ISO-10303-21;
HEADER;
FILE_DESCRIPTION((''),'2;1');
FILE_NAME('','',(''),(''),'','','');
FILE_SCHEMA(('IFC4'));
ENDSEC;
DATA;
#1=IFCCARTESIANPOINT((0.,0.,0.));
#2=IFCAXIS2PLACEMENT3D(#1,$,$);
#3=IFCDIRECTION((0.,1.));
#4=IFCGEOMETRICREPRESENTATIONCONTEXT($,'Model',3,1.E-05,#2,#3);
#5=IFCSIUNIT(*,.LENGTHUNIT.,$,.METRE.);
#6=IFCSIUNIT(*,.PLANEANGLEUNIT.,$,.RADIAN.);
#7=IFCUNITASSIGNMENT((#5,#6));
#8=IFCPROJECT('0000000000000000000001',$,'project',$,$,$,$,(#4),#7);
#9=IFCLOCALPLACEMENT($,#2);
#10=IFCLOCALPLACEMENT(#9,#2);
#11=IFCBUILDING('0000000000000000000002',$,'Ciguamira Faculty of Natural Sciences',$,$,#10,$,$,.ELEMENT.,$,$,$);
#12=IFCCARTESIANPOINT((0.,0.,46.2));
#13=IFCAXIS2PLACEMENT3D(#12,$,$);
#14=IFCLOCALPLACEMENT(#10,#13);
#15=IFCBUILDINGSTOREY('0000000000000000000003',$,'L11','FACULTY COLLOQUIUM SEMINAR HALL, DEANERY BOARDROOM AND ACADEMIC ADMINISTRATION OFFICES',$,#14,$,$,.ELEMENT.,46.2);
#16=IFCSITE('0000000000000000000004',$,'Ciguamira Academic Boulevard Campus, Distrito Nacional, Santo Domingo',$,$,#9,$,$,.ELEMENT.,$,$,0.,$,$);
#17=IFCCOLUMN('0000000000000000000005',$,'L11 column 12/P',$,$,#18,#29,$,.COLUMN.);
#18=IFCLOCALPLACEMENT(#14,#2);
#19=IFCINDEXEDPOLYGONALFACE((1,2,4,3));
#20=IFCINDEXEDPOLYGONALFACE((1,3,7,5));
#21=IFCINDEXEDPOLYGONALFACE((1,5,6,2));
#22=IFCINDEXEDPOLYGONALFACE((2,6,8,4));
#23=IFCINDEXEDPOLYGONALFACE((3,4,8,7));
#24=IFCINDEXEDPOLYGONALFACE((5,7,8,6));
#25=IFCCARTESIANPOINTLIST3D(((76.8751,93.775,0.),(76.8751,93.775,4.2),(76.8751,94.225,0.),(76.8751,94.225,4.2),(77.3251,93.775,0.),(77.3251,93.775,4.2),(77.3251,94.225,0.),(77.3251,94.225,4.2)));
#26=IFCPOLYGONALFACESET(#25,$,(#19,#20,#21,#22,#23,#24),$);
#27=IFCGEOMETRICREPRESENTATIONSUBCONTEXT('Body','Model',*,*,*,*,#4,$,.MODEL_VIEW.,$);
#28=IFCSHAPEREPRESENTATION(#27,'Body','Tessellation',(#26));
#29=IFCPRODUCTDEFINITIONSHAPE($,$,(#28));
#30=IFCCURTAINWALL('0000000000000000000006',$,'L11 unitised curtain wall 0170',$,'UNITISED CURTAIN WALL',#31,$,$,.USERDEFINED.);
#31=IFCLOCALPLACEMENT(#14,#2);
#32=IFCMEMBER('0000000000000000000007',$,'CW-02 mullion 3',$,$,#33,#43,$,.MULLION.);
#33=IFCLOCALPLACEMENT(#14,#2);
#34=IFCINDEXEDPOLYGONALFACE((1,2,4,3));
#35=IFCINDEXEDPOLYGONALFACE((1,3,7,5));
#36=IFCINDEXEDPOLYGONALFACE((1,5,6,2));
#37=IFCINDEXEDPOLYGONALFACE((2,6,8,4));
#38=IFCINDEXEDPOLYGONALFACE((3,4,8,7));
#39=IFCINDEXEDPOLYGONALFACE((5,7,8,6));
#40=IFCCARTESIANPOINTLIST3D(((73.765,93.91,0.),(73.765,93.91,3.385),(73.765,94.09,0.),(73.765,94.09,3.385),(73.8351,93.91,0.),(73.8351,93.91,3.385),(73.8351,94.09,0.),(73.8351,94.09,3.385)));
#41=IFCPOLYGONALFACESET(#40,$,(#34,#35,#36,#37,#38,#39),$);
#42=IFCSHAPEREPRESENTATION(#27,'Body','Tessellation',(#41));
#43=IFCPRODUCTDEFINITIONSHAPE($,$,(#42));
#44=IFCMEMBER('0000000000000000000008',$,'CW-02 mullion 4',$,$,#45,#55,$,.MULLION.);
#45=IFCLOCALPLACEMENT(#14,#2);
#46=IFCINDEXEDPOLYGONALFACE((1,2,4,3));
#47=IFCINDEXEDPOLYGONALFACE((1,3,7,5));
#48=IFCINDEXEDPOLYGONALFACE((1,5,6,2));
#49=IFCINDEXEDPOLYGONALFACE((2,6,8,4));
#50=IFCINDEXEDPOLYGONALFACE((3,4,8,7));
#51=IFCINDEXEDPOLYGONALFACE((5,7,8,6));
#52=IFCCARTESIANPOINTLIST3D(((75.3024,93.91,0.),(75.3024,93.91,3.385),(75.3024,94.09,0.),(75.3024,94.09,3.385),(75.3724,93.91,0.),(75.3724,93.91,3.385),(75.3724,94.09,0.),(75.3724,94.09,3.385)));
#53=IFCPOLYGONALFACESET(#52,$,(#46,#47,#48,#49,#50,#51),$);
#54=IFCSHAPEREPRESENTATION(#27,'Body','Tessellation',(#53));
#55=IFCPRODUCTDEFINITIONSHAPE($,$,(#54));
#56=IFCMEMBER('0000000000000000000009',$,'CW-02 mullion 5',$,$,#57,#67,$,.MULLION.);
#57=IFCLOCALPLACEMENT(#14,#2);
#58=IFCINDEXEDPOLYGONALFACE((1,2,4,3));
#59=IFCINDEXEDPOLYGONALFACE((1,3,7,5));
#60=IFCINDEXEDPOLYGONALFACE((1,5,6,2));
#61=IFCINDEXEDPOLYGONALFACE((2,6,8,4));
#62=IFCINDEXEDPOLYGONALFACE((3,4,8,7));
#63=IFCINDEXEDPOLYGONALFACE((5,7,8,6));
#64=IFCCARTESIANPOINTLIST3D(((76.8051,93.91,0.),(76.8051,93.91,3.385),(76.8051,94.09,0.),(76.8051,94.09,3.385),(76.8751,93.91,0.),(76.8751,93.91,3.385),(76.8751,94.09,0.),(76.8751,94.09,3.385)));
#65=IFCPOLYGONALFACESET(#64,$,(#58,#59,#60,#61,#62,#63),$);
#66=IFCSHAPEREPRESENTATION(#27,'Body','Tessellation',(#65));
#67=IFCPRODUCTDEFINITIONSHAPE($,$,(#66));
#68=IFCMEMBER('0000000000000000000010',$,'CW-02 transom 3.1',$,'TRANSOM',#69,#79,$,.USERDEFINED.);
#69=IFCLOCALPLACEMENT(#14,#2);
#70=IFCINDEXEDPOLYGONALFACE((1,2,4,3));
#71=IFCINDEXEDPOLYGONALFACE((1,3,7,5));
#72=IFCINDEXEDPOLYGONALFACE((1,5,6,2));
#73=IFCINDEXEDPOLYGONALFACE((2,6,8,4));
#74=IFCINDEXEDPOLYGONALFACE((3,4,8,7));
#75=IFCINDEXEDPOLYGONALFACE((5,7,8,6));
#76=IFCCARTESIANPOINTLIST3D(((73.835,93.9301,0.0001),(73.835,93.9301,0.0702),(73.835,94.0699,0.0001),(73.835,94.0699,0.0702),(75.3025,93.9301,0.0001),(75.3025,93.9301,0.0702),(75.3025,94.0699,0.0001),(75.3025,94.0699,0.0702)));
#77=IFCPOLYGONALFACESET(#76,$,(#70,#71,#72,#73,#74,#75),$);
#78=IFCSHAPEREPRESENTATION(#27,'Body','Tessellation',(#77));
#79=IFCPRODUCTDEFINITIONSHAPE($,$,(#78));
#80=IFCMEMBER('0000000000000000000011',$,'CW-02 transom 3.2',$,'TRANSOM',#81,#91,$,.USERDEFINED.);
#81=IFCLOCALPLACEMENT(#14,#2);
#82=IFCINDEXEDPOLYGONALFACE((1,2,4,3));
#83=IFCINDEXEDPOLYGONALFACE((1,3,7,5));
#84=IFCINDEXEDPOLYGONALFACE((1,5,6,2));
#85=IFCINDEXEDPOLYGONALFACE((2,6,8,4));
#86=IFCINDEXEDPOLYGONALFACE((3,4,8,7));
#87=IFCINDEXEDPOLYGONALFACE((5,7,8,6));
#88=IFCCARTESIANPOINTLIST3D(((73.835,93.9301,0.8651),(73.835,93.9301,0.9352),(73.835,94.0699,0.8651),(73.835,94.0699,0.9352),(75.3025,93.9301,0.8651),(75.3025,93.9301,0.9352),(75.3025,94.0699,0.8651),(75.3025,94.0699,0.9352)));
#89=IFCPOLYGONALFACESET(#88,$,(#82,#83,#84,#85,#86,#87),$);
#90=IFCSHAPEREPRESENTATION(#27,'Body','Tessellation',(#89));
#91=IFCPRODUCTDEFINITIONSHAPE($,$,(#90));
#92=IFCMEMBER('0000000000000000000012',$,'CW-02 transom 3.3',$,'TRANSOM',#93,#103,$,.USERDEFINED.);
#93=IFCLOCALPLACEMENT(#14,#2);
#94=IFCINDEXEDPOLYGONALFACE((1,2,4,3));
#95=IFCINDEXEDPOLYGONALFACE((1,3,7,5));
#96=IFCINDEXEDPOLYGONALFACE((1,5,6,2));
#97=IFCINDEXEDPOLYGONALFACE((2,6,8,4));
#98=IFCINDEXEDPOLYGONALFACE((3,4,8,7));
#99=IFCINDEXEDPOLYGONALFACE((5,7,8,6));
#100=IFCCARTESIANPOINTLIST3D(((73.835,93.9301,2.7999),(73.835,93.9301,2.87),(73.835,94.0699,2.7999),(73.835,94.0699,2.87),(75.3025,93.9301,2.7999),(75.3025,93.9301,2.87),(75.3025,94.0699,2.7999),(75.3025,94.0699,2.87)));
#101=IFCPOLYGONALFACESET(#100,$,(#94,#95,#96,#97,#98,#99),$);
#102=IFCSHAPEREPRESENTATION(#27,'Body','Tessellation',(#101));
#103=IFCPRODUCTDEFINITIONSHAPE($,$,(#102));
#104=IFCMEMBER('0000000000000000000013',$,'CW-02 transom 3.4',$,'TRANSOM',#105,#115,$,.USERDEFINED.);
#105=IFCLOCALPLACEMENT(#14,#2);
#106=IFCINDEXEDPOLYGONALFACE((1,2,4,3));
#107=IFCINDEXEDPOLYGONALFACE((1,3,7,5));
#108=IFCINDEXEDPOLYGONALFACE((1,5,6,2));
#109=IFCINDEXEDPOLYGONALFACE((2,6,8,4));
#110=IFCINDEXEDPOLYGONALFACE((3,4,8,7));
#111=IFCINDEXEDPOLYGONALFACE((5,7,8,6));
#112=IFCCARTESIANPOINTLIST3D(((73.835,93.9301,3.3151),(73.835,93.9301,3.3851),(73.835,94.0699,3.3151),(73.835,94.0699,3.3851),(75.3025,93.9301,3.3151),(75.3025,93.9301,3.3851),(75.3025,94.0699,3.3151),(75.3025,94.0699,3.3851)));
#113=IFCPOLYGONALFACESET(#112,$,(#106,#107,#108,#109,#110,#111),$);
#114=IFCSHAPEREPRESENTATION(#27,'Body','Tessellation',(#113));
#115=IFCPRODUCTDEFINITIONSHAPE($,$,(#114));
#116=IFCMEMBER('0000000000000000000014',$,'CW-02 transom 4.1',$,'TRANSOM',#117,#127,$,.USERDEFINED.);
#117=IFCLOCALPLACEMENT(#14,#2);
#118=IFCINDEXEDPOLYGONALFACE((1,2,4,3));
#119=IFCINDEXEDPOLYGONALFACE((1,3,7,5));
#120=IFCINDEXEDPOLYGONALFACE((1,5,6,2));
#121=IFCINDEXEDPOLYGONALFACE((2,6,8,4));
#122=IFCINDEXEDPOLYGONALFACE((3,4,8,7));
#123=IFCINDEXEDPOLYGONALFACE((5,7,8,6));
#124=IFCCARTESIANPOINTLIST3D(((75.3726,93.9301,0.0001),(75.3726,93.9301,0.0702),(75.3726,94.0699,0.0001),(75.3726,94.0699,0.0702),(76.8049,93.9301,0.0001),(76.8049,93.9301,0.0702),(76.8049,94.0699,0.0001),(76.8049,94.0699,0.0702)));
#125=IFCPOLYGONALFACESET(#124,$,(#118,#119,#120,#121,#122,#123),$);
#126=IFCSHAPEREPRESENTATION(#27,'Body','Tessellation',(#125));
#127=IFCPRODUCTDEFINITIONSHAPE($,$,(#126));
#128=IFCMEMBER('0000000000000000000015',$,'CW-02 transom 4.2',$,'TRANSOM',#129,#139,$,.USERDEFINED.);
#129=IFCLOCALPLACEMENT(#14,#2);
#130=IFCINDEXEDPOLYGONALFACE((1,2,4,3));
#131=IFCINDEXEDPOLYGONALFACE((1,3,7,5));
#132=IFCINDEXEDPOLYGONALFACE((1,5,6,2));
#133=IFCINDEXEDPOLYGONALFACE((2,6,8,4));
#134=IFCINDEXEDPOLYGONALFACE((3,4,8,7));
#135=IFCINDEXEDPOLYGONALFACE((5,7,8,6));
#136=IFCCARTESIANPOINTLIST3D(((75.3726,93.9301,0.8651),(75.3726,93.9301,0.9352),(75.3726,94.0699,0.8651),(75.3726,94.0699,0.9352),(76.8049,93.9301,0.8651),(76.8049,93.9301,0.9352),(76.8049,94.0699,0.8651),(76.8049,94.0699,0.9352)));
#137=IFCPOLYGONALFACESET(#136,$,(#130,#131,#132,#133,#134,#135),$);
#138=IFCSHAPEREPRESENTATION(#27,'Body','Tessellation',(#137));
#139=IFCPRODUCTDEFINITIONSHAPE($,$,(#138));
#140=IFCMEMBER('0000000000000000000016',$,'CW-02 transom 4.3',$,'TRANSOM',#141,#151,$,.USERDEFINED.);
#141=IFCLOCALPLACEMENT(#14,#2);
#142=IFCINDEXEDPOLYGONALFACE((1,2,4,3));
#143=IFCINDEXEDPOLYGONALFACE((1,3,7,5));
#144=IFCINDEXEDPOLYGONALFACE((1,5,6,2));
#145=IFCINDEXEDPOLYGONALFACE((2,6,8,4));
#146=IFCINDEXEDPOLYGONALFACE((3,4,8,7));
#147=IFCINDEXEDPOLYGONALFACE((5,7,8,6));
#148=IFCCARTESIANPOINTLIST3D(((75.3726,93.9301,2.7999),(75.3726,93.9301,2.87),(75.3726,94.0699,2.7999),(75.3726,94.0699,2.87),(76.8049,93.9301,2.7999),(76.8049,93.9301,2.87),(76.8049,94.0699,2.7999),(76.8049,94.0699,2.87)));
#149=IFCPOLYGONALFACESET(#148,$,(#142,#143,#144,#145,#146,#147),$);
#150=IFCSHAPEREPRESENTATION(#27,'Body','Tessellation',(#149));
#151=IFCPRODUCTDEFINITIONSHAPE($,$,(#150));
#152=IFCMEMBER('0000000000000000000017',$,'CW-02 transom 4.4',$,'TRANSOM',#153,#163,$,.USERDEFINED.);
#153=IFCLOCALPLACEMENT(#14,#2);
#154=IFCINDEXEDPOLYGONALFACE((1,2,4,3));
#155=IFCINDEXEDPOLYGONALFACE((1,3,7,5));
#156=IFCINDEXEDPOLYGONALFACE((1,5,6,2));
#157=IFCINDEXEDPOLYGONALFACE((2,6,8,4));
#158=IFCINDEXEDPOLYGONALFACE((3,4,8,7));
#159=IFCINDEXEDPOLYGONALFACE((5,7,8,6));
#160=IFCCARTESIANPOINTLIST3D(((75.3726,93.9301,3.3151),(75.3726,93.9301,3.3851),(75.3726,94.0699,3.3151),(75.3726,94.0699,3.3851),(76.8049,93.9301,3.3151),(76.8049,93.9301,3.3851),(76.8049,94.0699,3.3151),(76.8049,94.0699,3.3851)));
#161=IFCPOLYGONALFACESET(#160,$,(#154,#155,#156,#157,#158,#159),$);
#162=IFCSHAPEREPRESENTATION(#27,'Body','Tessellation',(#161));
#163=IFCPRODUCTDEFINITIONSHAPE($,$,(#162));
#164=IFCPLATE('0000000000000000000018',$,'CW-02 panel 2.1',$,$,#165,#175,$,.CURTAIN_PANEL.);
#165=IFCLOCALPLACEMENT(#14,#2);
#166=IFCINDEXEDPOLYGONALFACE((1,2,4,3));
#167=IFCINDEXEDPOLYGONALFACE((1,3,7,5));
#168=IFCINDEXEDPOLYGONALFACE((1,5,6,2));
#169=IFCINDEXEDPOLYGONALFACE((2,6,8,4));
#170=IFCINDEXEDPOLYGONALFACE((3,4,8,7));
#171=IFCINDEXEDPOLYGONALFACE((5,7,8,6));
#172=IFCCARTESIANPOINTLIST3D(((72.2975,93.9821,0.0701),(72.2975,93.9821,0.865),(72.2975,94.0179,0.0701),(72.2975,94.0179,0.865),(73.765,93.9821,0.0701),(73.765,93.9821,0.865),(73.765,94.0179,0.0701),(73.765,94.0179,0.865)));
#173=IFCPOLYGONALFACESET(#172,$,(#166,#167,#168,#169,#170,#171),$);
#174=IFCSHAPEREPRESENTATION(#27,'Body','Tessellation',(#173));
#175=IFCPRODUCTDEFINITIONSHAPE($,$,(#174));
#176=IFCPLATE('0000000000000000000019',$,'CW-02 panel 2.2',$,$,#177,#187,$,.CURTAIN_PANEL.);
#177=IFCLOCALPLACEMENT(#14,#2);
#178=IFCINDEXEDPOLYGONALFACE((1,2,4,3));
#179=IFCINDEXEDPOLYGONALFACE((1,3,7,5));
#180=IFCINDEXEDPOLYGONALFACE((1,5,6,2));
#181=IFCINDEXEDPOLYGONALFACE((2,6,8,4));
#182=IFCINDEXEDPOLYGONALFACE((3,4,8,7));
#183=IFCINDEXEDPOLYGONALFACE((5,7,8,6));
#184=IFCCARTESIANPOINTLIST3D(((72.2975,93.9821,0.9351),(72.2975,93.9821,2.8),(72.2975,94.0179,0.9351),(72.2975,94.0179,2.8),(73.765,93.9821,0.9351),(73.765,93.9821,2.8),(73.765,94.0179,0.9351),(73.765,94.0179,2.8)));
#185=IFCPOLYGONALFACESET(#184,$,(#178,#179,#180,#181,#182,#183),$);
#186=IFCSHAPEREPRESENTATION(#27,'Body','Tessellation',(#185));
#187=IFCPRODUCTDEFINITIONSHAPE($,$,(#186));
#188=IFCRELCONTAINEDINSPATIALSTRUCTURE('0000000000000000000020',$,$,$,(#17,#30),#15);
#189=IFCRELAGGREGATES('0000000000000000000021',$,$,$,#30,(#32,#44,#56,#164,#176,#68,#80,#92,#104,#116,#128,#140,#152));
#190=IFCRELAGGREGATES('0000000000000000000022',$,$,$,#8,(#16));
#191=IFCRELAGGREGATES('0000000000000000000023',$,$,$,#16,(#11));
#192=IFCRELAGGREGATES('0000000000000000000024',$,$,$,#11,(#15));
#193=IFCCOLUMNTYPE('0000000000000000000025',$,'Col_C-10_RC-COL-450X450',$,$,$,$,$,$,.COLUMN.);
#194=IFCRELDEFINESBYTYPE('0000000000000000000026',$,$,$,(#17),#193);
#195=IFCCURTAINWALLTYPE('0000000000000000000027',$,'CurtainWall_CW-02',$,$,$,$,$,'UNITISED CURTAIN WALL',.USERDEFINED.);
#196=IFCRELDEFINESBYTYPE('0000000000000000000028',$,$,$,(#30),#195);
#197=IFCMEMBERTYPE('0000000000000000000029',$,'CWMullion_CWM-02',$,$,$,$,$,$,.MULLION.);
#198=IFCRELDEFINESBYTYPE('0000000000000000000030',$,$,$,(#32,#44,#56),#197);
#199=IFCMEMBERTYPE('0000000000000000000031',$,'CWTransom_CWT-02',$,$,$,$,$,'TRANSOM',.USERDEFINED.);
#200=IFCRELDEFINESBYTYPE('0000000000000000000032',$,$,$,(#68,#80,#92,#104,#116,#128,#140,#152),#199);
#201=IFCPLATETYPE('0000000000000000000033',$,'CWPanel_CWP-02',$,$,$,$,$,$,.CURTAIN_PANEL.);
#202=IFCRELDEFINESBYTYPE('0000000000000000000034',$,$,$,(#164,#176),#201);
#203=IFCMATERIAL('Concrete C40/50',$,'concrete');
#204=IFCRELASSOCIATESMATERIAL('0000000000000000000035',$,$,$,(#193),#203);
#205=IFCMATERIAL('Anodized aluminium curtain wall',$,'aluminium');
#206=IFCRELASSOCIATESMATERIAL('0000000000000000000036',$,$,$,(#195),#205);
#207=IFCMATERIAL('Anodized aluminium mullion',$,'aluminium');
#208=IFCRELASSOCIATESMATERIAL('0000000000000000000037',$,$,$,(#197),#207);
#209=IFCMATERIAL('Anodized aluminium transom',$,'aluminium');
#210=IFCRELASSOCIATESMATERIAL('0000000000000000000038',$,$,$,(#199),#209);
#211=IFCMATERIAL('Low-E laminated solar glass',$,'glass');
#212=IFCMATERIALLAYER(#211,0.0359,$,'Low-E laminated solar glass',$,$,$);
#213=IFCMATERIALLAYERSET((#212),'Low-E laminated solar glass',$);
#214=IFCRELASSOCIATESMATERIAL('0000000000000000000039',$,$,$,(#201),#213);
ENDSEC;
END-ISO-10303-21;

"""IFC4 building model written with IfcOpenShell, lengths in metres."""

from ifc_helpers import new_model, si_unit, direction, frame, origin, origin_2d, place, context, subcontext, project, spatial, rectangle, extrude, material, layer, layer_set, material_profile, profile_set, type_object, element, aggregate, save


model = new_model("IFC4")

# Units and contexts
model_context = context("Model", 3, precision=1e-05, world=origin(), true_north=direction((0.0, 1.0)))
body_context = subcontext(model_context, "Body", "Model", "MODEL_VIEW")
ifc_project = project(units=[si_unit("LENGTHUNIT", "METRE"), si_unit("PLANEANGLEUNIT", "RADIAN")], contexts=[model_context])

# Site, building, storey
site_placement = place(None, origin())
site = spatial("IfcSite", under=ifc_project, at=site_placement, Name="Ciguamira Academic Boulevard Campus, Distrito Nacional, Santo Domingo", CompositionType="ELEMENT", RefElevation=0.0)
building_placement = place(site_placement, origin())
building = spatial("IfcBuilding", under=site, at=building_placement, Name="Ciguamira Faculty of Natural Sciences", CompositionType="ELEMENT")
storey_placement = place(building_placement, frame((0.0, 0.0, 46.2)))
storey = spatial("IfcBuildingStorey", under=building, at=storey_placement, Name="L11", Description="FACULTY COLLOQUIUM SEMINAR HALL, DEANERY BOARDROOM AND ACADEMIC ADMINISTRATION OFFICES", CompositionType="ELEMENT", Elevation=46.2)

# Column
ifc_material_1 = material(Name="Concrete C40/50", Category="concrete")
ifc_material_profile_1 = material_profile(ifc_material_1, rectangle(XDim=0.45, YDim=0.45, at=origin_2d()), Name="RC-COL-450X450")
ifc_profile_set_1 = profile_set([ifc_material_profile_1], Name="Concrete C40/50")
column_type = type_object("IfcColumnType", Name="Col_C-10_RC-COL-450X450", PredefinedType="COLUMN", material=ifc_profile_set_1)
column_placement = place(storey_placement, frame((77.1001, 94.0, 0.0), z_axis=(0.0, 0.0, 1.0), x_axis=(1.0, 0.0, 0.0)))
element("IfcColumn", 1, at=column_placement, inside=storey, type_object=column_type, Name="L11 column 12/P", PredefinedType="COLUMN", context=body_context, shape_type="SweptSolid", body=[
    extrude(rectangle(XDim=0.45, YDim=0.45, at=origin_2d()), origin(), (0.0, 0.0, 1.0), 4.2),
])

# Curtain wall, members, plates
ifc_material_2 = material(Name="Anodized aluminium curtain wall", Category="aluminium")
curtain_wall_type = type_object("IfcCurtainWallType", Name="CurtainWall_CW-02", ElementType="UNITISED CURTAIN WALL", PredefinedType="USERDEFINED", material=ifc_material_2)
curtain_wall_placement = place(storey_placement, origin())
curtain_wall = element("IfcCurtainWall", 2, at=curtain_wall_placement, inside=storey, type_object=curtain_wall_type, Name="L11 unitised curtain wall 0170", ObjectType="UNITISED CURTAIN WALL", PredefinedType="USERDEFINED")
ifc_material_3 = material(Name="Anodized aluminium mullion", Category="aluminium")
ifc_material_profile_2 = material_profile(ifc_material_3, rectangle(XDim=0.0701, YDim=0.1799, at=origin_2d()), Name="ALU-MUL-70X180")
ifc_profile_set_2 = profile_set([ifc_material_profile_2], Name="Anodized aluminium mullion")
member_type_1 = type_object("IfcMemberType", Name="CWMullion_CWM-02", PredefinedType="MULLION", material=ifc_profile_set_2)
member_1_placement = place(storey_placement, frame((73.8, 94.0, 0.0), z_axis=(0.0, 0.0, 1.0), x_axis=(1.0, 0.0, 0.0)))
member_1 = element("IfcMember", 3, at=member_1_placement, type_object=member_type_1, Name="CW-02 mullion 3", PredefinedType="MULLION", context=body_context, shape_type="SweptSolid", body=[
    extrude(rectangle(XDim=0.0701, YDim=0.1799, at=origin_2d()), origin(), (0.0, 0.0, 1.0), 3.385),
])
member_2_placement = place(storey_placement, frame((75.3374, 94.0, 0.0), z_axis=(0.0, 0.0, 1.0), x_axis=(1.0, 0.0, 0.0)))
member_2 = element("IfcMember", 4, at=member_2_placement, type_object=member_type_1, Name="CW-02 mullion 4", PredefinedType="MULLION", context=body_context, shape_type="SweptSolid", body=[
    extrude(rectangle(XDim=0.0701, YDim=0.1799, at=origin_2d()), origin(), (0.0, 0.0, 1.0), 3.385),
])
member_3_placement = place(storey_placement, frame((76.8401, 94.0, 0.0), z_axis=(0.0, 0.0, 1.0), x_axis=(1.0, 0.0, 0.0)))
member_3 = element("IfcMember", 5, at=member_3_placement, type_object=member_type_1, Name="CW-02 mullion 5", PredefinedType="MULLION", context=body_context, shape_type="SweptSolid", body=[
    extrude(rectangle(XDim=0.0701, YDim=0.1799, at=origin_2d()), origin(), (0.0, 0.0, 1.0), 3.385),
])
ifc_material_4 = material(Name="Anodized aluminium transom", Category="aluminium")
ifc_material_profile_3 = material_profile(ifc_material_4, rectangle(XDim=0.0701, YDim=0.1399, at=origin_2d()), Name="ALU-TRN-70X140")
ifc_profile_set_3 = profile_set([ifc_material_profile_3], Name="Anodized aluminium transom")
member_type_2 = type_object("IfcMemberType", Name="CWTransom_CWT-02", ElementType="TRANSOM", PredefinedType="USERDEFINED", material=ifc_profile_set_3)
member_4_placement = place(storey_placement, frame((73.835, 94.0, 0.0352), z_axis=(1.0, 0.0, 0.0), x_axis=(0.0, 0.0, 1.0)))
member_4 = element("IfcMember", 6, at=member_4_placement, type_object=member_type_2, Name="CW-02 transom 3.1", ObjectType="TRANSOM", PredefinedType="USERDEFINED", context=body_context, shape_type="SweptSolid", body=[
    extrude(rectangle(XDim=0.0701, YDim=0.1399, at=origin_2d()), origin(), (0.0, 0.0, 1.0), 1.4675),
])
member_5_placement = place(storey_placement, frame((73.835, 94.0, 0.9001), z_axis=(1.0, 0.0, 0.0), x_axis=(0.0, 0.0, 1.0)))
member_5 = element("IfcMember", 7, at=member_5_placement, type_object=member_type_2, Name="CW-02 transom 3.2", ObjectType="TRANSOM", PredefinedType="USERDEFINED", context=body_context, shape_type="SweptSolid", body=[
    extrude(rectangle(XDim=0.0701, YDim=0.1399, at=origin_2d()), origin(), (0.0, 0.0, 1.0), 1.4675),
])
member_6_placement = place(storey_placement, frame((73.835, 94.0, 2.835), z_axis=(1.0, 0.0, 0.0), x_axis=(0.0, 0.0, 1.0)))
member_6 = element("IfcMember", 8, at=member_6_placement, type_object=member_type_2, Name="CW-02 transom 3.3", ObjectType="TRANSOM", PredefinedType="USERDEFINED", context=body_context, shape_type="SweptSolid", body=[
    extrude(rectangle(XDim=0.0701, YDim=0.1399, at=origin_2d()), origin(), (0.0, 0.0, 1.0), 1.4675),
])
member_7_placement = place(storey_placement, frame((73.835, 94.0, 3.3501), z_axis=(1.0, 0.0, 0.0), x_axis=(0.0, 0.0, 1.0)))
member_7 = element("IfcMember", 9, at=member_7_placement, type_object=member_type_2, Name="CW-02 transom 3.4", ObjectType="TRANSOM", PredefinedType="USERDEFINED", context=body_context, shape_type="SweptSolid", body=[
    extrude(rectangle(XDim=0.0701, YDim=0.1399, at=origin_2d()), origin(), (0.0, 0.0, 1.0), 1.4675),
])
member_8_placement = place(storey_placement, frame((75.3726, 94.0, 0.0352), z_axis=(1.0, 0.0, 0.0), x_axis=(0.0, 0.0, 1.0)))
member_8 = element("IfcMember", 10, at=member_8_placement, type_object=member_type_2, Name="CW-02 transom 4.1", ObjectType="TRANSOM", PredefinedType="USERDEFINED", context=body_context, shape_type="SweptSolid", body=[
    extrude(rectangle(XDim=0.0701, YDim=0.1399, at=origin_2d()), origin(), (0.0, 0.0, 1.0), 1.4324),
])
member_9_placement = place(storey_placement, frame((75.3726, 94.0, 0.9001), z_axis=(1.0, 0.0, 0.0), x_axis=(0.0, 0.0, 1.0)))
member_9 = element("IfcMember", 11, at=member_9_placement, type_object=member_type_2, Name="CW-02 transom 4.2", ObjectType="TRANSOM", PredefinedType="USERDEFINED", context=body_context, shape_type="SweptSolid", body=[
    extrude(rectangle(XDim=0.0701, YDim=0.1399, at=origin_2d()), origin(), (0.0, 0.0, 1.0), 1.4324),
])
member_10_placement = place(storey_placement, frame((75.3726, 94.0, 2.835), z_axis=(1.0, 0.0, 0.0), x_axis=(0.0, 0.0, 1.0)))
member_10 = element("IfcMember", 12, at=member_10_placement, type_object=member_type_2, Name="CW-02 transom 4.3", ObjectType="TRANSOM", PredefinedType="USERDEFINED", context=body_context, shape_type="SweptSolid", body=[
    extrude(rectangle(XDim=0.0701, YDim=0.1399, at=origin_2d()), origin(), (0.0, 0.0, 1.0), 1.4324),
])
member_11_placement = place(storey_placement, frame((75.3726, 94.0, 3.3501), z_axis=(1.0, 0.0, 0.0), x_axis=(0.0, 0.0, 1.0)))
member_11 = element("IfcMember", 13, at=member_11_placement, type_object=member_type_2, Name="CW-02 transom 4.4", ObjectType="TRANSOM", PredefinedType="USERDEFINED", context=body_context, shape_type="SweptSolid", body=[
    extrude(rectangle(XDim=0.0701, YDim=0.1399, at=origin_2d()), origin(), (0.0, 0.0, 1.0), 1.4324),
])
ifc_material_5 = material(Name="Low-E laminated solar glass", Category="glass")
ifc_layer_1 = layer(ifc_material_5, 0.0359, Name="Low-E laminated solar glass")
ifc_layer_set_1 = layer_set([ifc_layer_1], Name="Low-E laminated solar glass")
plate_type = type_object("IfcPlateType", Name="CWPanel_CWP-02", PredefinedType="CURTAIN_PANEL", material=ifc_layer_set_1)
plate_1_placement = place(storey_placement, frame((73.0312, 94.0, 0.0701), z_axis=(0.0, 0.0, 1.0), x_axis=(1.0, 0.0, 0.0)))
plate_1 = element("IfcPlate", 14, at=plate_1_placement, type_object=plate_type, Name="CW-02 panel 2.1", PredefinedType="CURTAIN_PANEL", context=body_context, shape_type="SweptSolid", body=[
    extrude(rectangle(XDim=1.4675, YDim=0.0359, at=origin_2d()), origin(), (0.0, 0.0, 1.0), 0.7949),
])
plate_2_placement = place(storey_placement, frame((73.0312, 94.0, 0.9351), z_axis=(0.0, 0.0, 1.0), x_axis=(1.0, 0.0, 0.0)))
plate_2 = element("IfcPlate", 15, at=plate_2_placement, type_object=plate_type, Name="CW-02 panel 2.2", PredefinedType="CURTAIN_PANEL", context=body_context, shape_type="SweptSolid", body=[
    extrude(rectangle(XDim=1.4675, YDim=0.0359, at=origin_2d()), origin(), (0.0, 0.0, 1.0), 1.865),
])
aggregate(curtain_wall, [member_1, member_2, member_3, plate_1, plate_2, member_4, member_5, member_6, member_7, member_8, member_9, member_10, member_11])

save(model, "model.ifc")
